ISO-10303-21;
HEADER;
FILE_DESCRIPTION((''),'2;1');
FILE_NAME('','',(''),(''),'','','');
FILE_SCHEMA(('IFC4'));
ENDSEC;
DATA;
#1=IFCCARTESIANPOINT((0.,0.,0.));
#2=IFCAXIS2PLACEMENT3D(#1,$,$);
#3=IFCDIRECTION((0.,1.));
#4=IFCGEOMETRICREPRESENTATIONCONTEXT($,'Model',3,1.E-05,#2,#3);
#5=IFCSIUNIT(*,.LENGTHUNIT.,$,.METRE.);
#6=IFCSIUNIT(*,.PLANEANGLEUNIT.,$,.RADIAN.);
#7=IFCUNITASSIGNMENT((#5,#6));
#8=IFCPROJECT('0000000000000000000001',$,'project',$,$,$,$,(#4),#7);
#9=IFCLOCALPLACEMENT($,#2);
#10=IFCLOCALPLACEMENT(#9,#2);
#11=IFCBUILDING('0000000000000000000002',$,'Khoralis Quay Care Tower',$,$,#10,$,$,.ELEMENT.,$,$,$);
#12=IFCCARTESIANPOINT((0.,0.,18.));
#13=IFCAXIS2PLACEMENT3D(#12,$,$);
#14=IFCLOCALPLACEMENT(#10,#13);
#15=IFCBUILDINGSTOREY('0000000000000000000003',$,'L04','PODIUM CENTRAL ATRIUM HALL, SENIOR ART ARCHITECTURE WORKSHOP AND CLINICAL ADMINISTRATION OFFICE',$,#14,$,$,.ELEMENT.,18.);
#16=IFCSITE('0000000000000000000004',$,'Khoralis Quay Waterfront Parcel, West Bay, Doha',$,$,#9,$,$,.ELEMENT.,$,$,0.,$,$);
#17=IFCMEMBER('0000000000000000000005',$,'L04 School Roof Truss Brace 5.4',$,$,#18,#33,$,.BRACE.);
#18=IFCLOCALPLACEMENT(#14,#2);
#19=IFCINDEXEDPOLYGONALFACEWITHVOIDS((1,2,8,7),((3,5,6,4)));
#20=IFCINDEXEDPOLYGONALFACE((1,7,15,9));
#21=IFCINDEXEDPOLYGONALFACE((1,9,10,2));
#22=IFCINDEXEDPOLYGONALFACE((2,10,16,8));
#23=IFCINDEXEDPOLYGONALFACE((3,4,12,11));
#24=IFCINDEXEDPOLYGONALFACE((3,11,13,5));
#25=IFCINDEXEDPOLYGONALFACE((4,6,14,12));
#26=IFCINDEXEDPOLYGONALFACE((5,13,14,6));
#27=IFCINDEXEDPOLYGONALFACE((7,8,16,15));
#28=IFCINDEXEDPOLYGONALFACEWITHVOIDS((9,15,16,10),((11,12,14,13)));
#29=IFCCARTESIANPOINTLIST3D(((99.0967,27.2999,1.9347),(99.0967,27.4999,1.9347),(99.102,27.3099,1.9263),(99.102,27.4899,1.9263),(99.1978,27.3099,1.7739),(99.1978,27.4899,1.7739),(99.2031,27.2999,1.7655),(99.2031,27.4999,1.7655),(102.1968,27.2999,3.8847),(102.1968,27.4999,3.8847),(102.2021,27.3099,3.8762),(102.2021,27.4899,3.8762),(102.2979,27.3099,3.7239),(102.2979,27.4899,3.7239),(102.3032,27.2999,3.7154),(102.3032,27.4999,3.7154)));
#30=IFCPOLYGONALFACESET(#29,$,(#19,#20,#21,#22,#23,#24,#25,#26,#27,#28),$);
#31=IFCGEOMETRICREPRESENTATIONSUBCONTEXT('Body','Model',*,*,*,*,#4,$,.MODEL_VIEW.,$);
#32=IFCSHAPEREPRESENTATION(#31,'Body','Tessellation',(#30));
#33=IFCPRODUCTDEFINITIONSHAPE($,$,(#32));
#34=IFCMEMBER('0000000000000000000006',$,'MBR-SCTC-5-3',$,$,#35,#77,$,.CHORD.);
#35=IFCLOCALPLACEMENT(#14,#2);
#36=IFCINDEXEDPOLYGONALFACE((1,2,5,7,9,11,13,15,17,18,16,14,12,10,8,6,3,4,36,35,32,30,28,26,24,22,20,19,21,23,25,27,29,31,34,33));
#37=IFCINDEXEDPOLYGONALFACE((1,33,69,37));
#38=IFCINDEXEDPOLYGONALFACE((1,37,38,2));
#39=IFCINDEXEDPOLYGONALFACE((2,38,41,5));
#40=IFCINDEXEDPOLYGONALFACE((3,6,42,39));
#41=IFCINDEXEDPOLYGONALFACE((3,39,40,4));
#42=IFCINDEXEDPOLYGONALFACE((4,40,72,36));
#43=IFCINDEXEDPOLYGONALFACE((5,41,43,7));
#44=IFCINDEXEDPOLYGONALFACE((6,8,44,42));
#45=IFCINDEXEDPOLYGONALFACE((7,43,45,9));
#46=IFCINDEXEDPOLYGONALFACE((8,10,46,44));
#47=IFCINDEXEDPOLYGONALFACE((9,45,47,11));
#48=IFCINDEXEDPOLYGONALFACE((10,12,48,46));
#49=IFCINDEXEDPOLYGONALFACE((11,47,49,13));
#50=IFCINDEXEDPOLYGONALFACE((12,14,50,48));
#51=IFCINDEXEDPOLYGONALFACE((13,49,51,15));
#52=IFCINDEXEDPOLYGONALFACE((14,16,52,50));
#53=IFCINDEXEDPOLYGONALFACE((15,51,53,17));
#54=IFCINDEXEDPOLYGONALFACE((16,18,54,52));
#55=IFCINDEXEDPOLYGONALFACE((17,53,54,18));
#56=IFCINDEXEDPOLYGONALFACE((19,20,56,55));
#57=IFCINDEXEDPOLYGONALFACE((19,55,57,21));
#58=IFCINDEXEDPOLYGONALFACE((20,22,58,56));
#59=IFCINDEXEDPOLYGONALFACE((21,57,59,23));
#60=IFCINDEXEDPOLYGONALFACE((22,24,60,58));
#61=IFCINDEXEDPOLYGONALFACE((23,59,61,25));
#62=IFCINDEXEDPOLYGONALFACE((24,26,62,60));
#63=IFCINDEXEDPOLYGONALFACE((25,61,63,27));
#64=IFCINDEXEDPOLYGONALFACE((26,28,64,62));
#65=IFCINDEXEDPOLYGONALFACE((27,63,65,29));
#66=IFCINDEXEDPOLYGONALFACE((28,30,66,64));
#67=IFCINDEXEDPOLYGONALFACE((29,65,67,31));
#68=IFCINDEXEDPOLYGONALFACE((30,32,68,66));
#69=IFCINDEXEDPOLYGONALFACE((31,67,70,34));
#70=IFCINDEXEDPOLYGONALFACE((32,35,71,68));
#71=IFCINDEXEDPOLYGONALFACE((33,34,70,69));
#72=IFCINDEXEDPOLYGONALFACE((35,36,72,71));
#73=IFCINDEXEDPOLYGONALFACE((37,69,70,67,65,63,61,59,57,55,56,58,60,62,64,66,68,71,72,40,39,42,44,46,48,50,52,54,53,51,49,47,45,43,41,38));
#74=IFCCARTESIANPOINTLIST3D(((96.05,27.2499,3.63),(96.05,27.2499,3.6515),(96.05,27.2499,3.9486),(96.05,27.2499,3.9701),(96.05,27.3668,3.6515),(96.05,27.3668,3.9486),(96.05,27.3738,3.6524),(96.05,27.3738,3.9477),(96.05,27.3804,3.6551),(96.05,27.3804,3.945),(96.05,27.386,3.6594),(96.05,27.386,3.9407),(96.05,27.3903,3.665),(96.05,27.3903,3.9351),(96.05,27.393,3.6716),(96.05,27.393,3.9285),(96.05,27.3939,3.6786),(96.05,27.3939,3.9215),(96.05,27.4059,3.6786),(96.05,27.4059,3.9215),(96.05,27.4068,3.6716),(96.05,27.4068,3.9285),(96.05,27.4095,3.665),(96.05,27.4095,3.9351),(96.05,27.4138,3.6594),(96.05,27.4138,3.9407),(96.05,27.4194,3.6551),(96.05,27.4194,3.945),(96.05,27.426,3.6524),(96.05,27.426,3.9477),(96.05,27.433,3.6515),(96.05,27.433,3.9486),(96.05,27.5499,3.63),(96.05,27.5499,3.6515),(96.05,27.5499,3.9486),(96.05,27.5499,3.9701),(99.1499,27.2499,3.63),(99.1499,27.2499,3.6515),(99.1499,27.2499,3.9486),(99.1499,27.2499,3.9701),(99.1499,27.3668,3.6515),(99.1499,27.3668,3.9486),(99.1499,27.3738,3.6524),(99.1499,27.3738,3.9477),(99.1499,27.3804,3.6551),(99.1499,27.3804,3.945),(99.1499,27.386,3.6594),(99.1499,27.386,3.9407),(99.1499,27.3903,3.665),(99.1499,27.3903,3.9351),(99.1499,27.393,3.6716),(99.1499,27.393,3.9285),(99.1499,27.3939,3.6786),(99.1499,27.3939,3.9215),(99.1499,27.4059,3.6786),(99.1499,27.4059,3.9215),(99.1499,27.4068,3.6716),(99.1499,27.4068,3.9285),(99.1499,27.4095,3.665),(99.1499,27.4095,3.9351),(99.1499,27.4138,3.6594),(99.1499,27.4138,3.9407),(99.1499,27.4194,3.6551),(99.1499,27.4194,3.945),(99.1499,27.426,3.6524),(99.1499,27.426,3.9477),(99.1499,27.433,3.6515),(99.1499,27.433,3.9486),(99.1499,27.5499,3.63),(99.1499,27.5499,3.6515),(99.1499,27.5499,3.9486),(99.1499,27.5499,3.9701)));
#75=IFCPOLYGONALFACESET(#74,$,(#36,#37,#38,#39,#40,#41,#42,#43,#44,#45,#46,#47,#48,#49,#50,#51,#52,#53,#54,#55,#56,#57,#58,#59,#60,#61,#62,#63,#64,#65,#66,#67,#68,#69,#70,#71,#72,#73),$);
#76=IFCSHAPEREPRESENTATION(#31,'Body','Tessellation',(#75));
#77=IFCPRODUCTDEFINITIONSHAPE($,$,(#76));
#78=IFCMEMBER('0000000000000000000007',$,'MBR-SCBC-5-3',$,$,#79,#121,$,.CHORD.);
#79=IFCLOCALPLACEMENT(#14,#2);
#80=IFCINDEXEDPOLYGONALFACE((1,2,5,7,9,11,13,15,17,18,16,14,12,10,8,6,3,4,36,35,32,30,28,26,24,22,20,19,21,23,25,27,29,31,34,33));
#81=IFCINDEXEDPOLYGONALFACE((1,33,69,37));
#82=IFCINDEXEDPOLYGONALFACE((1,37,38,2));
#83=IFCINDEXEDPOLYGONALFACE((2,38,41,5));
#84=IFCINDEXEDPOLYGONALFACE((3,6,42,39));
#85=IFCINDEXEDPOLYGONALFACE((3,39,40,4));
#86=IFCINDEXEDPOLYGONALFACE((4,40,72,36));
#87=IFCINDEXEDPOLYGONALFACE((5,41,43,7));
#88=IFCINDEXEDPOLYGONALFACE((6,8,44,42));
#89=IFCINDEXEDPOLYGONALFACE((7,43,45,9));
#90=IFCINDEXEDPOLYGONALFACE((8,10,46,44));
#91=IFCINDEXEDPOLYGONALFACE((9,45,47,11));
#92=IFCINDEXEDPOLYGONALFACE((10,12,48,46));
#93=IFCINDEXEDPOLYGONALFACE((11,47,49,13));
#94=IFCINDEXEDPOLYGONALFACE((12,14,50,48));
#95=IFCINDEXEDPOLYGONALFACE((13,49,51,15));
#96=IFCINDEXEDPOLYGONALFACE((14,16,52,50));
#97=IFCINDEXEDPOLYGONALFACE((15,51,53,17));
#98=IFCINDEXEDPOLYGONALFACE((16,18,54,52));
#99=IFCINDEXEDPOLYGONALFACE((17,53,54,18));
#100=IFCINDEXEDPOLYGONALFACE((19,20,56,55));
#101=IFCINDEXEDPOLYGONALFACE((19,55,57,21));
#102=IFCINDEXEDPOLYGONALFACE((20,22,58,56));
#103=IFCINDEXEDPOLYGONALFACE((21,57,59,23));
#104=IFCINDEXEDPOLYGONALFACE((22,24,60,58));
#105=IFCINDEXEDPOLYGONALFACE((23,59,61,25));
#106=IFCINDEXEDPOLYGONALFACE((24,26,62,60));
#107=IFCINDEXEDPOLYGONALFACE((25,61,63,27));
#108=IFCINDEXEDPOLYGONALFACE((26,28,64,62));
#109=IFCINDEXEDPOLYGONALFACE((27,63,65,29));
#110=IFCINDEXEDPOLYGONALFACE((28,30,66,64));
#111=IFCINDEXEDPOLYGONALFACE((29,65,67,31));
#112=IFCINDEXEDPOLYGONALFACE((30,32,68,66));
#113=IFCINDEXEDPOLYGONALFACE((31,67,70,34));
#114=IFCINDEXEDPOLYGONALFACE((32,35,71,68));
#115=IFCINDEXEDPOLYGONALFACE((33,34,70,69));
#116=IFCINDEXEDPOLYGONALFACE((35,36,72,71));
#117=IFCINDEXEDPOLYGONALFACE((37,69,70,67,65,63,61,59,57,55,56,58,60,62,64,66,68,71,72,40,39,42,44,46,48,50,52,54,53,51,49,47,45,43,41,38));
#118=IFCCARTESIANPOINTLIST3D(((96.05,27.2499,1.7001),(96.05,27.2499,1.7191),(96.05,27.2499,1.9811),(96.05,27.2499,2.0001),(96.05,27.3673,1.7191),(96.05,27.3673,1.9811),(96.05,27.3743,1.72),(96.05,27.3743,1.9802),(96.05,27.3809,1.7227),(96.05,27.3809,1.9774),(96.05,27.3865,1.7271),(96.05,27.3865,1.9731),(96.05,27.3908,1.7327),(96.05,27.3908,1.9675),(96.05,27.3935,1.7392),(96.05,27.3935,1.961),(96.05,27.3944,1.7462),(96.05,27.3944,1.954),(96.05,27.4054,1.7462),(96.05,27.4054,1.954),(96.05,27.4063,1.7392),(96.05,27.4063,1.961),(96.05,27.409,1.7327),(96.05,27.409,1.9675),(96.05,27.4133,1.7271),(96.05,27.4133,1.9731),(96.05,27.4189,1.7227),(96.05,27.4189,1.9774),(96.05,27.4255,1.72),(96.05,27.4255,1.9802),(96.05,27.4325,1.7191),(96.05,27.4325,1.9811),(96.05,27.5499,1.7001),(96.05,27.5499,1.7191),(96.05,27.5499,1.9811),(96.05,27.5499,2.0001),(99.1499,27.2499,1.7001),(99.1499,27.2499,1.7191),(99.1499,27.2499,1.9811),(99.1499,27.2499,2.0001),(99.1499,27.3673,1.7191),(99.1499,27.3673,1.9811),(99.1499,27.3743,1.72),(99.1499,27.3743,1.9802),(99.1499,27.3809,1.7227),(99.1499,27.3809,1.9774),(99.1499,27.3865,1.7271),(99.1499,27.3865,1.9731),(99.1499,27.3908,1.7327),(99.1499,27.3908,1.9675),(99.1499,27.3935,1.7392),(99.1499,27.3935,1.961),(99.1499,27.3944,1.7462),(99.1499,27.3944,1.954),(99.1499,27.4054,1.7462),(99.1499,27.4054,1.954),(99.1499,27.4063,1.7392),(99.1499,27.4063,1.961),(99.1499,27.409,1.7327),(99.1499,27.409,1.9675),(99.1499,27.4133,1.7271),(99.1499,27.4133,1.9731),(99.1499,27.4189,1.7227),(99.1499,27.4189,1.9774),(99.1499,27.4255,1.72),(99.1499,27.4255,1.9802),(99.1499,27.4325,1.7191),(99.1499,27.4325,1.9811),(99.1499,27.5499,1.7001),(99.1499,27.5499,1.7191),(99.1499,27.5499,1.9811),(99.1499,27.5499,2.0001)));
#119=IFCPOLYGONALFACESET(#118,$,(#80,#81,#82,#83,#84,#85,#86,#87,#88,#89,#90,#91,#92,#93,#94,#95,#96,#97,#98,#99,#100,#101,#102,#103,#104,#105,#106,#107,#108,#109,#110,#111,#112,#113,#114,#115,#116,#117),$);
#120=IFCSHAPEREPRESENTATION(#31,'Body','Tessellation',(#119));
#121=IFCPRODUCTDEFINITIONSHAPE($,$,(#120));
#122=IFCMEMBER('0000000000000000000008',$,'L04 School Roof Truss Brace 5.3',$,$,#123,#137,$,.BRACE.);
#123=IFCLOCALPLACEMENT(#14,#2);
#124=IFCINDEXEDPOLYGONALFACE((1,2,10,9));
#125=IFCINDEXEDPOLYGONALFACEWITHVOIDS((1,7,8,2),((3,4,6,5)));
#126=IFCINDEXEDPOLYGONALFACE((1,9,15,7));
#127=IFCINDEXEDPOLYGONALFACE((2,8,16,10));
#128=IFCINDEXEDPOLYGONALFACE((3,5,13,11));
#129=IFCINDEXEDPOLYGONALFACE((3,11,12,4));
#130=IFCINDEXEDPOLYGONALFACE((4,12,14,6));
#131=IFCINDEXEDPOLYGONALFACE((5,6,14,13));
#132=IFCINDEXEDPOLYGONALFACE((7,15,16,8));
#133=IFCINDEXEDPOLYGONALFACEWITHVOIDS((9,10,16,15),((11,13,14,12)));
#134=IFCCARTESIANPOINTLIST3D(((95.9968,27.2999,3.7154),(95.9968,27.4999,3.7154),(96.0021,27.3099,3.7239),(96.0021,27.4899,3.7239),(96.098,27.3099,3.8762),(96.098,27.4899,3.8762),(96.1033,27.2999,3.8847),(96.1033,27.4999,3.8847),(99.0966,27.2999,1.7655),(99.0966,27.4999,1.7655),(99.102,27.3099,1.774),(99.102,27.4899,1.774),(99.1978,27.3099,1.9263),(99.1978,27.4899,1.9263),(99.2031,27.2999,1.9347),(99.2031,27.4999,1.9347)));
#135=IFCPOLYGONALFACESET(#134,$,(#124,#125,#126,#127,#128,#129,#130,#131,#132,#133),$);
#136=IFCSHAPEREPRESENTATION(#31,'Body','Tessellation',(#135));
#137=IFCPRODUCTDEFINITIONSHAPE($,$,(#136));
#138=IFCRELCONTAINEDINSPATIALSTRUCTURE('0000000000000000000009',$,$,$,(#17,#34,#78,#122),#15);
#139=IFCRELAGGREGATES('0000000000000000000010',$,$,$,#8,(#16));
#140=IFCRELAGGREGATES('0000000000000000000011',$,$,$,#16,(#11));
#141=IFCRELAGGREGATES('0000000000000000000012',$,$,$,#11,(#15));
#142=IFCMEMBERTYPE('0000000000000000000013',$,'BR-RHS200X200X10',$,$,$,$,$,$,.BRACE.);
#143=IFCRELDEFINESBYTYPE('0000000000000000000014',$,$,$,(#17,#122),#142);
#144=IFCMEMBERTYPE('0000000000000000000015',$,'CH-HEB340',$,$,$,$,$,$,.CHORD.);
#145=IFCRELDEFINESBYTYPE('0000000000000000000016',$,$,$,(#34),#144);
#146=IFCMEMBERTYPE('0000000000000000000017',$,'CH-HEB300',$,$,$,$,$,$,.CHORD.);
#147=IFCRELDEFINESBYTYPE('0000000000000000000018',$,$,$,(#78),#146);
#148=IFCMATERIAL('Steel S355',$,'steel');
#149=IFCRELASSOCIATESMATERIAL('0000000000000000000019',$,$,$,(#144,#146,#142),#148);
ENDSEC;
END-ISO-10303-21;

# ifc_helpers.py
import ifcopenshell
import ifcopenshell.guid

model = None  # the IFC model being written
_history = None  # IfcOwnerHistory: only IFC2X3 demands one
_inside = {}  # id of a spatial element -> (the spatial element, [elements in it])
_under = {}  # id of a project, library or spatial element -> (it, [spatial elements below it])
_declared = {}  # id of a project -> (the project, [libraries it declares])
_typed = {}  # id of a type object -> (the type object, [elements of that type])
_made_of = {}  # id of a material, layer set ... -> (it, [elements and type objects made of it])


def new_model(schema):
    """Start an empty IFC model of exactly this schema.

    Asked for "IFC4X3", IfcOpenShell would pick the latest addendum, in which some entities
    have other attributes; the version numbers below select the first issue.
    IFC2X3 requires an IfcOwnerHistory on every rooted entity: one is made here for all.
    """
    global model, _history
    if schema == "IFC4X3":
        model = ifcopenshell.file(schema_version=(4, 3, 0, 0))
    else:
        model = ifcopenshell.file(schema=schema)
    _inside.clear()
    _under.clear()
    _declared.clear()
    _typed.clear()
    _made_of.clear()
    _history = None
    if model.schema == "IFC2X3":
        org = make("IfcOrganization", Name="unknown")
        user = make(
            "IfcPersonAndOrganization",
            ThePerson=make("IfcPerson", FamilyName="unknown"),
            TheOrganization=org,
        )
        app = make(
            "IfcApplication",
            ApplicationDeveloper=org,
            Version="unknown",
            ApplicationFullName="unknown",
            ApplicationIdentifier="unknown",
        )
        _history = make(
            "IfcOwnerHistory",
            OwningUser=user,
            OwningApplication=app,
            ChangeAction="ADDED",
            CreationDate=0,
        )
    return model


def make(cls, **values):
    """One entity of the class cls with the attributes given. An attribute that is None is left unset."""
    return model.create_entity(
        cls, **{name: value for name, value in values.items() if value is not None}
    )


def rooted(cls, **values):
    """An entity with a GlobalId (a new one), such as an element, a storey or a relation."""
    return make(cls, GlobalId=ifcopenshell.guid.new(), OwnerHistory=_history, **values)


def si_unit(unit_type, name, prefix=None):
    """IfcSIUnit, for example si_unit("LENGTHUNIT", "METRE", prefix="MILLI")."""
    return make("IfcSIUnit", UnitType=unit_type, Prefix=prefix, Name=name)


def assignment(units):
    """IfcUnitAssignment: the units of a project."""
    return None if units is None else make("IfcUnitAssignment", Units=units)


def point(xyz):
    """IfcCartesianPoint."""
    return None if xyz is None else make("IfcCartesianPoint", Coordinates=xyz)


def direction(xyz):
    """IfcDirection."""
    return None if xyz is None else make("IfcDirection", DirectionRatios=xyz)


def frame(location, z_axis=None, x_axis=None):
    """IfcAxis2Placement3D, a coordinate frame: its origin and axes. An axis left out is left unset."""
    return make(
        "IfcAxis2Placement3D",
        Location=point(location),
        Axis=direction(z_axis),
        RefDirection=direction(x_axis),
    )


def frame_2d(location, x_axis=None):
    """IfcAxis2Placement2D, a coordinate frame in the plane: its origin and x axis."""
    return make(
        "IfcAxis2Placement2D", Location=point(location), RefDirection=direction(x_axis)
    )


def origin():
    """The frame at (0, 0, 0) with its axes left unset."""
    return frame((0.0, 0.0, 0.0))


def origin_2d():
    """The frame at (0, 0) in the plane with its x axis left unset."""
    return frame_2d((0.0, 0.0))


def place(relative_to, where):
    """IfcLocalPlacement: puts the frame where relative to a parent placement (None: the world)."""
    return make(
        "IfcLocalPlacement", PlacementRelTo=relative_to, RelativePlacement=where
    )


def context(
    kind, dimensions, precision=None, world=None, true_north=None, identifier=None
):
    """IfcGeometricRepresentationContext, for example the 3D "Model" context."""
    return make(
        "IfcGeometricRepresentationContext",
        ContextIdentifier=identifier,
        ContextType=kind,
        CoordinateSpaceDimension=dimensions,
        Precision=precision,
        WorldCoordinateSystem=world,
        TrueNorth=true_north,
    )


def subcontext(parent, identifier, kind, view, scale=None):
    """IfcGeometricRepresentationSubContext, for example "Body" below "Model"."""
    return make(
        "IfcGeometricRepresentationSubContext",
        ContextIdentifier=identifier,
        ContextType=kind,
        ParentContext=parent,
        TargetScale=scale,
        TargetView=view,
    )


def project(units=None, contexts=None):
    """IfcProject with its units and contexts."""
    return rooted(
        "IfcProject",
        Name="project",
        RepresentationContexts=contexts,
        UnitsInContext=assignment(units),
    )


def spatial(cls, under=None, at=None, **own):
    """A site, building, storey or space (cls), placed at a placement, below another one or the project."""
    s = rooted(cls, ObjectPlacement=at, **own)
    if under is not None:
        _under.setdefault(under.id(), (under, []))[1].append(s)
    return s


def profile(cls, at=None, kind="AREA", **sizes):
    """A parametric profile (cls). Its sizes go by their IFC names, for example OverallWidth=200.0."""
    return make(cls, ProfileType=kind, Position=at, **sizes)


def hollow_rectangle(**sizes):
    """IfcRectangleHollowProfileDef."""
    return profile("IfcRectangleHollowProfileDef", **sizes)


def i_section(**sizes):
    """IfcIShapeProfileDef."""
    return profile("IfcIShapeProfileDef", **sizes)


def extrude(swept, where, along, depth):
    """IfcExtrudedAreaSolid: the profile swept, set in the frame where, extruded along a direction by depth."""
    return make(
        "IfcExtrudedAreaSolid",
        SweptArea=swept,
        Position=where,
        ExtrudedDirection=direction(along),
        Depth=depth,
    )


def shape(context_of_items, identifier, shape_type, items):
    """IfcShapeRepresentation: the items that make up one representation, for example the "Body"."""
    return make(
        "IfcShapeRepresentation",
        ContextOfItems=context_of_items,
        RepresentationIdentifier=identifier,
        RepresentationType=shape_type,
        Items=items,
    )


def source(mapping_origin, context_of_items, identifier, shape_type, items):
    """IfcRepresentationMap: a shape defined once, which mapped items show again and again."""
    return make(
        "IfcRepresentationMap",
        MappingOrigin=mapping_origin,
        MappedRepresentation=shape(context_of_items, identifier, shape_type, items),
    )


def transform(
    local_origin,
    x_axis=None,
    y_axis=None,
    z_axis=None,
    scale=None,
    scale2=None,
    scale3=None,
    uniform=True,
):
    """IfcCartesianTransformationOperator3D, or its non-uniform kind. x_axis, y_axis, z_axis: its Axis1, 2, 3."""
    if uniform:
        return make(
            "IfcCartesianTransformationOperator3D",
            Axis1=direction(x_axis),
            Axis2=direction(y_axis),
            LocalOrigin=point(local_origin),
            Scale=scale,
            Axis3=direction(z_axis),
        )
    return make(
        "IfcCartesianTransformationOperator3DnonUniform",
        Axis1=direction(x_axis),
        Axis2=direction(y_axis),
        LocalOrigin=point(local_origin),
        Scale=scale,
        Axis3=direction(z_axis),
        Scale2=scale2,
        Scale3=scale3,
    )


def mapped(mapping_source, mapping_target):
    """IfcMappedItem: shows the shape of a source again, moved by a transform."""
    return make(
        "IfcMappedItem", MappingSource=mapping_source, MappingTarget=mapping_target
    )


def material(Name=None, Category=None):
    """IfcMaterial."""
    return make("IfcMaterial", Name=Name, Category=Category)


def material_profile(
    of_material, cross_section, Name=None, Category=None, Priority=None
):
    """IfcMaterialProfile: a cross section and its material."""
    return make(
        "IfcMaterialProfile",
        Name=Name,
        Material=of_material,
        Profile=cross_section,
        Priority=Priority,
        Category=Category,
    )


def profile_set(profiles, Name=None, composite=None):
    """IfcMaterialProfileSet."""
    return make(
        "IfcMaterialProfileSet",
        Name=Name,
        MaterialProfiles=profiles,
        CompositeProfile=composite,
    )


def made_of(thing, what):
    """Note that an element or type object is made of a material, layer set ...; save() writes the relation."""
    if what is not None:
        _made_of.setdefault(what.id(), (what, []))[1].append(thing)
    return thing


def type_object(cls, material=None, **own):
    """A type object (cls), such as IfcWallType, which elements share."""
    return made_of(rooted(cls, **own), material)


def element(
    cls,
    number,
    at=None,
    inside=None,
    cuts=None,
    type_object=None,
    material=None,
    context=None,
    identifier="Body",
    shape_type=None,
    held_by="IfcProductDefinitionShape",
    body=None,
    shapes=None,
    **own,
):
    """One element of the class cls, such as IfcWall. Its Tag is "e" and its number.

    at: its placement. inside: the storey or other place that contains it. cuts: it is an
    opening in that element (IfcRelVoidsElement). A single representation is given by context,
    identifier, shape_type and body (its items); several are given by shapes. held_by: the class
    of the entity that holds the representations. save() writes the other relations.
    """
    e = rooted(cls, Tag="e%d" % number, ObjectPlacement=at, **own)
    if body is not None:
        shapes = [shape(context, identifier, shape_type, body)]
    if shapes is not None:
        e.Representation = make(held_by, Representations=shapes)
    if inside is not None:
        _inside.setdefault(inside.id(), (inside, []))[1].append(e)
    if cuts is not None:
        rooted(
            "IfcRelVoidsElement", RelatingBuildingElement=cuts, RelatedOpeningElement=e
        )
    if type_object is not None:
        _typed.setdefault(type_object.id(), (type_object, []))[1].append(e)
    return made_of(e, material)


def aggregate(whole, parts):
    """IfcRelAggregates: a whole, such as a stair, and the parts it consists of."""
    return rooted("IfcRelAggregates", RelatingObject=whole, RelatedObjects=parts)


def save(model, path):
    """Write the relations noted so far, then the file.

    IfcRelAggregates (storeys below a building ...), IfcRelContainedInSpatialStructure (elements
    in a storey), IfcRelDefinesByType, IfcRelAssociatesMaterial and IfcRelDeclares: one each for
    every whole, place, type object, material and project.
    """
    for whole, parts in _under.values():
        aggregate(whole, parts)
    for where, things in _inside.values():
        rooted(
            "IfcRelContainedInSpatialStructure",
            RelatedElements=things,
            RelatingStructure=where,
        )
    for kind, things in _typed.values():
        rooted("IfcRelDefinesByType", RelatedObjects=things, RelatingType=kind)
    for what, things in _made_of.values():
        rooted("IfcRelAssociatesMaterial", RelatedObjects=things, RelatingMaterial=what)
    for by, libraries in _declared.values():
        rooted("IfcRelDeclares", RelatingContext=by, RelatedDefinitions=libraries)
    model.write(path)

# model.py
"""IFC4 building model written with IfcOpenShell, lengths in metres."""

from ifc_helpers import new_model, si_unit, direction, frame, origin, origin_2d, place, context, subcontext, project, spatial, hollow_rectangle, i_section, extrude, source, transform, mapped, material, material_profile, profile_set, type_object, element, save


model = new_model("IFC4")

# Units and contexts
model_context = context("Model", 3, precision=1e-05, world=origin(), true_north=direction((0.0, 1.0)))
body_context = subcontext(model_context, "Body", "Model", "MODEL_VIEW")
ifc_project = project(units=[si_unit("LENGTHUNIT", "METRE"), si_unit("PLANEANGLEUNIT", "RADIAN")], contexts=[model_context])

# Site, building, storey
site_placement = place(None, origin())
site = spatial("IfcSite", under=ifc_project, at=site_placement, Name="Khoralis Quay Waterfront Parcel, West Bay, Doha", CompositionType="ELEMENT", RefElevation=0.0)
building_placement = place(site_placement, origin())
building = spatial("IfcBuilding", under=site, at=building_placement, Name="Khoralis Quay Care Tower", CompositionType="ELEMENT")
storey_placement = place(building_placement, frame((0.0, 0.0, 18.0)))
storey = spatial("IfcBuildingStorey", under=building, at=storey_placement, Name="L04", Description="PODIUM CENTRAL ATRIUM HALL, SENIOR ART ARCHITECTURE WORKSHOP AND CLINICAL ADMINISTRATION OFFICE", CompositionType="ELEMENT", Elevation=18.0)

# Members
ifc_material_1 = material(Name="Steel S355", Category="steel")
ifc_material_profile_1 = material_profile(ifc_material_1, i_section(OverallWidth=0.3, OverallDepth=0.3401, WebThickness=0.012, FlangeThickness=0.0215, FilletRadius=0.0271, at=origin_2d()), Name="Steel S355")
ifc_profile_set_1 = profile_set([ifc_material_profile_1], Name="Steel S355")
member_type_1 = type_object("IfcMemberType", Name="CH-HEB340", PredefinedType="CHORD", material=ifc_profile_set_1)
ifc_material_profile_2 = material_profile(ifc_material_1, i_section(OverallWidth=0.3, OverallDepth=0.3, WebThickness=0.011, FlangeThickness=0.019, FilletRadius=0.0271, at=origin_2d()), Name="Steel S355")
ifc_profile_set_2 = profile_set([ifc_material_profile_2], Name="Steel S355")
member_type_2 = type_object("IfcMemberType", Name="CH-HEB300", PredefinedType="CHORD", material=ifc_profile_set_2)
ifc_material_profile_3 = material_profile(ifc_material_1, hollow_rectangle(XDim=0.2, YDim=0.2, WallThickness=0.01, at=origin_2d()), Name="Steel S355")
ifc_profile_set_3 = profile_set([ifc_material_profile_3], Name="Steel S355")
member_type_3 = type_object("IfcMemberType", Name="BR-RHS200X200X10", PredefinedType="BRACE", material=ifc_profile_set_3)
shared_shape_1 = source(origin(), body_context, "Body", "SweptSolid", [
    extrude(hollow_rectangle(XDim=0.2, YDim=0.2, WallThickness=0.01, at=origin_2d()), origin(), (0.0, 0.0, 1.0), 3.6624),
])
member_1_placement = place(storey_placement, frame((99.1499, 27.3999, 1.8501), z_axis=(0.846474, 0.0, 0.53243), x_axis=(0.0, 1.0, 0.0)))
element("IfcMember", 1, at=member_1_placement, inside=storey, type_object=member_type_3, Name="L04 School Roof Truss Brace 5.4", PredefinedType="BRACE", context=body_context, shape_type="MappedRepresentation", body=[
    mapped(shared_shape_1, transform((0.0, 0.0, 0.0), scale=1.0)),
])
shared_shape_2 = source(origin(), body_context, "Body", "SweptSolid", [
    extrude(i_section(OverallWidth=0.3, OverallDepth=0.3401, WebThickness=0.012, FlangeThickness=0.0215, FilletRadius=0.0271, at=origin_2d()), origin(), (0.0, 0.0, 1.0), 3.0999),
])
member_2_placement = place(storey_placement, frame((96.05, 27.3999, 3.8), z_axis=(1.0, 0.0, 0.0), x_axis=(0.0, 1.0, 0.0)))
element("IfcMember", 2, at=member_2_placement, inside=storey, type_object=member_type_1, Name="MBR-SCTC-5-3", PredefinedType="CHORD", context=body_context, shape_type="MappedRepresentation", body=[
    mapped(shared_shape_2, transform((0.0, 0.0, 0.0), scale=1.0)),
])
shared_shape_3 = source(origin(), body_context, "Body", "SweptSolid", [
    extrude(i_section(OverallWidth=0.3, OverallDepth=0.3, WebThickness=0.011, FlangeThickness=0.019, FilletRadius=0.0271, at=origin_2d()), origin(), (0.0, 0.0, 1.0), 3.0999),
])
member_3_placement = place(storey_placement, frame((96.05, 27.3999, 1.8501), z_axis=(1.0, 0.0, 0.0), x_axis=(0.0, 1.0, 0.0)))
element("IfcMember", 3, at=member_3_placement, inside=storey, type_object=member_type_2, Name="MBR-SCBC-5-3", PredefinedType="CHORD", context=body_context, shape_type="MappedRepresentation", body=[
    mapped(shared_shape_3, transform((0.0, 0.0, 0.0), scale=1.0)),
])
shared_shape_4 = source(origin(), body_context, "Body", "SweptSolid", [
    extrude(hollow_rectangle(XDim=0.2, YDim=0.2, WallThickness=0.01, at=origin_2d()), origin(), (0.0, 0.0, 1.0), 3.6621),
])
member_4_placement = place(storey_placement, frame((96.05, 27.3999, 3.8), z_axis=(0.846455, 0.0, -0.53246), x_axis=(0.0, 1.0, 0.0)))
element("IfcMember", 4, at=member_4_placement, inside=storey, type_object=member_type_3, Name="L04 School Roof Truss Brace 5.3", PredefinedType="BRACE", context=body_context, shape_type="MappedRepresentation", body=[
    mapped(shared_shape_4, transform((0.0, 0.0, 0.0), scale=1.0)),
])

save(model, "model.ifc")
